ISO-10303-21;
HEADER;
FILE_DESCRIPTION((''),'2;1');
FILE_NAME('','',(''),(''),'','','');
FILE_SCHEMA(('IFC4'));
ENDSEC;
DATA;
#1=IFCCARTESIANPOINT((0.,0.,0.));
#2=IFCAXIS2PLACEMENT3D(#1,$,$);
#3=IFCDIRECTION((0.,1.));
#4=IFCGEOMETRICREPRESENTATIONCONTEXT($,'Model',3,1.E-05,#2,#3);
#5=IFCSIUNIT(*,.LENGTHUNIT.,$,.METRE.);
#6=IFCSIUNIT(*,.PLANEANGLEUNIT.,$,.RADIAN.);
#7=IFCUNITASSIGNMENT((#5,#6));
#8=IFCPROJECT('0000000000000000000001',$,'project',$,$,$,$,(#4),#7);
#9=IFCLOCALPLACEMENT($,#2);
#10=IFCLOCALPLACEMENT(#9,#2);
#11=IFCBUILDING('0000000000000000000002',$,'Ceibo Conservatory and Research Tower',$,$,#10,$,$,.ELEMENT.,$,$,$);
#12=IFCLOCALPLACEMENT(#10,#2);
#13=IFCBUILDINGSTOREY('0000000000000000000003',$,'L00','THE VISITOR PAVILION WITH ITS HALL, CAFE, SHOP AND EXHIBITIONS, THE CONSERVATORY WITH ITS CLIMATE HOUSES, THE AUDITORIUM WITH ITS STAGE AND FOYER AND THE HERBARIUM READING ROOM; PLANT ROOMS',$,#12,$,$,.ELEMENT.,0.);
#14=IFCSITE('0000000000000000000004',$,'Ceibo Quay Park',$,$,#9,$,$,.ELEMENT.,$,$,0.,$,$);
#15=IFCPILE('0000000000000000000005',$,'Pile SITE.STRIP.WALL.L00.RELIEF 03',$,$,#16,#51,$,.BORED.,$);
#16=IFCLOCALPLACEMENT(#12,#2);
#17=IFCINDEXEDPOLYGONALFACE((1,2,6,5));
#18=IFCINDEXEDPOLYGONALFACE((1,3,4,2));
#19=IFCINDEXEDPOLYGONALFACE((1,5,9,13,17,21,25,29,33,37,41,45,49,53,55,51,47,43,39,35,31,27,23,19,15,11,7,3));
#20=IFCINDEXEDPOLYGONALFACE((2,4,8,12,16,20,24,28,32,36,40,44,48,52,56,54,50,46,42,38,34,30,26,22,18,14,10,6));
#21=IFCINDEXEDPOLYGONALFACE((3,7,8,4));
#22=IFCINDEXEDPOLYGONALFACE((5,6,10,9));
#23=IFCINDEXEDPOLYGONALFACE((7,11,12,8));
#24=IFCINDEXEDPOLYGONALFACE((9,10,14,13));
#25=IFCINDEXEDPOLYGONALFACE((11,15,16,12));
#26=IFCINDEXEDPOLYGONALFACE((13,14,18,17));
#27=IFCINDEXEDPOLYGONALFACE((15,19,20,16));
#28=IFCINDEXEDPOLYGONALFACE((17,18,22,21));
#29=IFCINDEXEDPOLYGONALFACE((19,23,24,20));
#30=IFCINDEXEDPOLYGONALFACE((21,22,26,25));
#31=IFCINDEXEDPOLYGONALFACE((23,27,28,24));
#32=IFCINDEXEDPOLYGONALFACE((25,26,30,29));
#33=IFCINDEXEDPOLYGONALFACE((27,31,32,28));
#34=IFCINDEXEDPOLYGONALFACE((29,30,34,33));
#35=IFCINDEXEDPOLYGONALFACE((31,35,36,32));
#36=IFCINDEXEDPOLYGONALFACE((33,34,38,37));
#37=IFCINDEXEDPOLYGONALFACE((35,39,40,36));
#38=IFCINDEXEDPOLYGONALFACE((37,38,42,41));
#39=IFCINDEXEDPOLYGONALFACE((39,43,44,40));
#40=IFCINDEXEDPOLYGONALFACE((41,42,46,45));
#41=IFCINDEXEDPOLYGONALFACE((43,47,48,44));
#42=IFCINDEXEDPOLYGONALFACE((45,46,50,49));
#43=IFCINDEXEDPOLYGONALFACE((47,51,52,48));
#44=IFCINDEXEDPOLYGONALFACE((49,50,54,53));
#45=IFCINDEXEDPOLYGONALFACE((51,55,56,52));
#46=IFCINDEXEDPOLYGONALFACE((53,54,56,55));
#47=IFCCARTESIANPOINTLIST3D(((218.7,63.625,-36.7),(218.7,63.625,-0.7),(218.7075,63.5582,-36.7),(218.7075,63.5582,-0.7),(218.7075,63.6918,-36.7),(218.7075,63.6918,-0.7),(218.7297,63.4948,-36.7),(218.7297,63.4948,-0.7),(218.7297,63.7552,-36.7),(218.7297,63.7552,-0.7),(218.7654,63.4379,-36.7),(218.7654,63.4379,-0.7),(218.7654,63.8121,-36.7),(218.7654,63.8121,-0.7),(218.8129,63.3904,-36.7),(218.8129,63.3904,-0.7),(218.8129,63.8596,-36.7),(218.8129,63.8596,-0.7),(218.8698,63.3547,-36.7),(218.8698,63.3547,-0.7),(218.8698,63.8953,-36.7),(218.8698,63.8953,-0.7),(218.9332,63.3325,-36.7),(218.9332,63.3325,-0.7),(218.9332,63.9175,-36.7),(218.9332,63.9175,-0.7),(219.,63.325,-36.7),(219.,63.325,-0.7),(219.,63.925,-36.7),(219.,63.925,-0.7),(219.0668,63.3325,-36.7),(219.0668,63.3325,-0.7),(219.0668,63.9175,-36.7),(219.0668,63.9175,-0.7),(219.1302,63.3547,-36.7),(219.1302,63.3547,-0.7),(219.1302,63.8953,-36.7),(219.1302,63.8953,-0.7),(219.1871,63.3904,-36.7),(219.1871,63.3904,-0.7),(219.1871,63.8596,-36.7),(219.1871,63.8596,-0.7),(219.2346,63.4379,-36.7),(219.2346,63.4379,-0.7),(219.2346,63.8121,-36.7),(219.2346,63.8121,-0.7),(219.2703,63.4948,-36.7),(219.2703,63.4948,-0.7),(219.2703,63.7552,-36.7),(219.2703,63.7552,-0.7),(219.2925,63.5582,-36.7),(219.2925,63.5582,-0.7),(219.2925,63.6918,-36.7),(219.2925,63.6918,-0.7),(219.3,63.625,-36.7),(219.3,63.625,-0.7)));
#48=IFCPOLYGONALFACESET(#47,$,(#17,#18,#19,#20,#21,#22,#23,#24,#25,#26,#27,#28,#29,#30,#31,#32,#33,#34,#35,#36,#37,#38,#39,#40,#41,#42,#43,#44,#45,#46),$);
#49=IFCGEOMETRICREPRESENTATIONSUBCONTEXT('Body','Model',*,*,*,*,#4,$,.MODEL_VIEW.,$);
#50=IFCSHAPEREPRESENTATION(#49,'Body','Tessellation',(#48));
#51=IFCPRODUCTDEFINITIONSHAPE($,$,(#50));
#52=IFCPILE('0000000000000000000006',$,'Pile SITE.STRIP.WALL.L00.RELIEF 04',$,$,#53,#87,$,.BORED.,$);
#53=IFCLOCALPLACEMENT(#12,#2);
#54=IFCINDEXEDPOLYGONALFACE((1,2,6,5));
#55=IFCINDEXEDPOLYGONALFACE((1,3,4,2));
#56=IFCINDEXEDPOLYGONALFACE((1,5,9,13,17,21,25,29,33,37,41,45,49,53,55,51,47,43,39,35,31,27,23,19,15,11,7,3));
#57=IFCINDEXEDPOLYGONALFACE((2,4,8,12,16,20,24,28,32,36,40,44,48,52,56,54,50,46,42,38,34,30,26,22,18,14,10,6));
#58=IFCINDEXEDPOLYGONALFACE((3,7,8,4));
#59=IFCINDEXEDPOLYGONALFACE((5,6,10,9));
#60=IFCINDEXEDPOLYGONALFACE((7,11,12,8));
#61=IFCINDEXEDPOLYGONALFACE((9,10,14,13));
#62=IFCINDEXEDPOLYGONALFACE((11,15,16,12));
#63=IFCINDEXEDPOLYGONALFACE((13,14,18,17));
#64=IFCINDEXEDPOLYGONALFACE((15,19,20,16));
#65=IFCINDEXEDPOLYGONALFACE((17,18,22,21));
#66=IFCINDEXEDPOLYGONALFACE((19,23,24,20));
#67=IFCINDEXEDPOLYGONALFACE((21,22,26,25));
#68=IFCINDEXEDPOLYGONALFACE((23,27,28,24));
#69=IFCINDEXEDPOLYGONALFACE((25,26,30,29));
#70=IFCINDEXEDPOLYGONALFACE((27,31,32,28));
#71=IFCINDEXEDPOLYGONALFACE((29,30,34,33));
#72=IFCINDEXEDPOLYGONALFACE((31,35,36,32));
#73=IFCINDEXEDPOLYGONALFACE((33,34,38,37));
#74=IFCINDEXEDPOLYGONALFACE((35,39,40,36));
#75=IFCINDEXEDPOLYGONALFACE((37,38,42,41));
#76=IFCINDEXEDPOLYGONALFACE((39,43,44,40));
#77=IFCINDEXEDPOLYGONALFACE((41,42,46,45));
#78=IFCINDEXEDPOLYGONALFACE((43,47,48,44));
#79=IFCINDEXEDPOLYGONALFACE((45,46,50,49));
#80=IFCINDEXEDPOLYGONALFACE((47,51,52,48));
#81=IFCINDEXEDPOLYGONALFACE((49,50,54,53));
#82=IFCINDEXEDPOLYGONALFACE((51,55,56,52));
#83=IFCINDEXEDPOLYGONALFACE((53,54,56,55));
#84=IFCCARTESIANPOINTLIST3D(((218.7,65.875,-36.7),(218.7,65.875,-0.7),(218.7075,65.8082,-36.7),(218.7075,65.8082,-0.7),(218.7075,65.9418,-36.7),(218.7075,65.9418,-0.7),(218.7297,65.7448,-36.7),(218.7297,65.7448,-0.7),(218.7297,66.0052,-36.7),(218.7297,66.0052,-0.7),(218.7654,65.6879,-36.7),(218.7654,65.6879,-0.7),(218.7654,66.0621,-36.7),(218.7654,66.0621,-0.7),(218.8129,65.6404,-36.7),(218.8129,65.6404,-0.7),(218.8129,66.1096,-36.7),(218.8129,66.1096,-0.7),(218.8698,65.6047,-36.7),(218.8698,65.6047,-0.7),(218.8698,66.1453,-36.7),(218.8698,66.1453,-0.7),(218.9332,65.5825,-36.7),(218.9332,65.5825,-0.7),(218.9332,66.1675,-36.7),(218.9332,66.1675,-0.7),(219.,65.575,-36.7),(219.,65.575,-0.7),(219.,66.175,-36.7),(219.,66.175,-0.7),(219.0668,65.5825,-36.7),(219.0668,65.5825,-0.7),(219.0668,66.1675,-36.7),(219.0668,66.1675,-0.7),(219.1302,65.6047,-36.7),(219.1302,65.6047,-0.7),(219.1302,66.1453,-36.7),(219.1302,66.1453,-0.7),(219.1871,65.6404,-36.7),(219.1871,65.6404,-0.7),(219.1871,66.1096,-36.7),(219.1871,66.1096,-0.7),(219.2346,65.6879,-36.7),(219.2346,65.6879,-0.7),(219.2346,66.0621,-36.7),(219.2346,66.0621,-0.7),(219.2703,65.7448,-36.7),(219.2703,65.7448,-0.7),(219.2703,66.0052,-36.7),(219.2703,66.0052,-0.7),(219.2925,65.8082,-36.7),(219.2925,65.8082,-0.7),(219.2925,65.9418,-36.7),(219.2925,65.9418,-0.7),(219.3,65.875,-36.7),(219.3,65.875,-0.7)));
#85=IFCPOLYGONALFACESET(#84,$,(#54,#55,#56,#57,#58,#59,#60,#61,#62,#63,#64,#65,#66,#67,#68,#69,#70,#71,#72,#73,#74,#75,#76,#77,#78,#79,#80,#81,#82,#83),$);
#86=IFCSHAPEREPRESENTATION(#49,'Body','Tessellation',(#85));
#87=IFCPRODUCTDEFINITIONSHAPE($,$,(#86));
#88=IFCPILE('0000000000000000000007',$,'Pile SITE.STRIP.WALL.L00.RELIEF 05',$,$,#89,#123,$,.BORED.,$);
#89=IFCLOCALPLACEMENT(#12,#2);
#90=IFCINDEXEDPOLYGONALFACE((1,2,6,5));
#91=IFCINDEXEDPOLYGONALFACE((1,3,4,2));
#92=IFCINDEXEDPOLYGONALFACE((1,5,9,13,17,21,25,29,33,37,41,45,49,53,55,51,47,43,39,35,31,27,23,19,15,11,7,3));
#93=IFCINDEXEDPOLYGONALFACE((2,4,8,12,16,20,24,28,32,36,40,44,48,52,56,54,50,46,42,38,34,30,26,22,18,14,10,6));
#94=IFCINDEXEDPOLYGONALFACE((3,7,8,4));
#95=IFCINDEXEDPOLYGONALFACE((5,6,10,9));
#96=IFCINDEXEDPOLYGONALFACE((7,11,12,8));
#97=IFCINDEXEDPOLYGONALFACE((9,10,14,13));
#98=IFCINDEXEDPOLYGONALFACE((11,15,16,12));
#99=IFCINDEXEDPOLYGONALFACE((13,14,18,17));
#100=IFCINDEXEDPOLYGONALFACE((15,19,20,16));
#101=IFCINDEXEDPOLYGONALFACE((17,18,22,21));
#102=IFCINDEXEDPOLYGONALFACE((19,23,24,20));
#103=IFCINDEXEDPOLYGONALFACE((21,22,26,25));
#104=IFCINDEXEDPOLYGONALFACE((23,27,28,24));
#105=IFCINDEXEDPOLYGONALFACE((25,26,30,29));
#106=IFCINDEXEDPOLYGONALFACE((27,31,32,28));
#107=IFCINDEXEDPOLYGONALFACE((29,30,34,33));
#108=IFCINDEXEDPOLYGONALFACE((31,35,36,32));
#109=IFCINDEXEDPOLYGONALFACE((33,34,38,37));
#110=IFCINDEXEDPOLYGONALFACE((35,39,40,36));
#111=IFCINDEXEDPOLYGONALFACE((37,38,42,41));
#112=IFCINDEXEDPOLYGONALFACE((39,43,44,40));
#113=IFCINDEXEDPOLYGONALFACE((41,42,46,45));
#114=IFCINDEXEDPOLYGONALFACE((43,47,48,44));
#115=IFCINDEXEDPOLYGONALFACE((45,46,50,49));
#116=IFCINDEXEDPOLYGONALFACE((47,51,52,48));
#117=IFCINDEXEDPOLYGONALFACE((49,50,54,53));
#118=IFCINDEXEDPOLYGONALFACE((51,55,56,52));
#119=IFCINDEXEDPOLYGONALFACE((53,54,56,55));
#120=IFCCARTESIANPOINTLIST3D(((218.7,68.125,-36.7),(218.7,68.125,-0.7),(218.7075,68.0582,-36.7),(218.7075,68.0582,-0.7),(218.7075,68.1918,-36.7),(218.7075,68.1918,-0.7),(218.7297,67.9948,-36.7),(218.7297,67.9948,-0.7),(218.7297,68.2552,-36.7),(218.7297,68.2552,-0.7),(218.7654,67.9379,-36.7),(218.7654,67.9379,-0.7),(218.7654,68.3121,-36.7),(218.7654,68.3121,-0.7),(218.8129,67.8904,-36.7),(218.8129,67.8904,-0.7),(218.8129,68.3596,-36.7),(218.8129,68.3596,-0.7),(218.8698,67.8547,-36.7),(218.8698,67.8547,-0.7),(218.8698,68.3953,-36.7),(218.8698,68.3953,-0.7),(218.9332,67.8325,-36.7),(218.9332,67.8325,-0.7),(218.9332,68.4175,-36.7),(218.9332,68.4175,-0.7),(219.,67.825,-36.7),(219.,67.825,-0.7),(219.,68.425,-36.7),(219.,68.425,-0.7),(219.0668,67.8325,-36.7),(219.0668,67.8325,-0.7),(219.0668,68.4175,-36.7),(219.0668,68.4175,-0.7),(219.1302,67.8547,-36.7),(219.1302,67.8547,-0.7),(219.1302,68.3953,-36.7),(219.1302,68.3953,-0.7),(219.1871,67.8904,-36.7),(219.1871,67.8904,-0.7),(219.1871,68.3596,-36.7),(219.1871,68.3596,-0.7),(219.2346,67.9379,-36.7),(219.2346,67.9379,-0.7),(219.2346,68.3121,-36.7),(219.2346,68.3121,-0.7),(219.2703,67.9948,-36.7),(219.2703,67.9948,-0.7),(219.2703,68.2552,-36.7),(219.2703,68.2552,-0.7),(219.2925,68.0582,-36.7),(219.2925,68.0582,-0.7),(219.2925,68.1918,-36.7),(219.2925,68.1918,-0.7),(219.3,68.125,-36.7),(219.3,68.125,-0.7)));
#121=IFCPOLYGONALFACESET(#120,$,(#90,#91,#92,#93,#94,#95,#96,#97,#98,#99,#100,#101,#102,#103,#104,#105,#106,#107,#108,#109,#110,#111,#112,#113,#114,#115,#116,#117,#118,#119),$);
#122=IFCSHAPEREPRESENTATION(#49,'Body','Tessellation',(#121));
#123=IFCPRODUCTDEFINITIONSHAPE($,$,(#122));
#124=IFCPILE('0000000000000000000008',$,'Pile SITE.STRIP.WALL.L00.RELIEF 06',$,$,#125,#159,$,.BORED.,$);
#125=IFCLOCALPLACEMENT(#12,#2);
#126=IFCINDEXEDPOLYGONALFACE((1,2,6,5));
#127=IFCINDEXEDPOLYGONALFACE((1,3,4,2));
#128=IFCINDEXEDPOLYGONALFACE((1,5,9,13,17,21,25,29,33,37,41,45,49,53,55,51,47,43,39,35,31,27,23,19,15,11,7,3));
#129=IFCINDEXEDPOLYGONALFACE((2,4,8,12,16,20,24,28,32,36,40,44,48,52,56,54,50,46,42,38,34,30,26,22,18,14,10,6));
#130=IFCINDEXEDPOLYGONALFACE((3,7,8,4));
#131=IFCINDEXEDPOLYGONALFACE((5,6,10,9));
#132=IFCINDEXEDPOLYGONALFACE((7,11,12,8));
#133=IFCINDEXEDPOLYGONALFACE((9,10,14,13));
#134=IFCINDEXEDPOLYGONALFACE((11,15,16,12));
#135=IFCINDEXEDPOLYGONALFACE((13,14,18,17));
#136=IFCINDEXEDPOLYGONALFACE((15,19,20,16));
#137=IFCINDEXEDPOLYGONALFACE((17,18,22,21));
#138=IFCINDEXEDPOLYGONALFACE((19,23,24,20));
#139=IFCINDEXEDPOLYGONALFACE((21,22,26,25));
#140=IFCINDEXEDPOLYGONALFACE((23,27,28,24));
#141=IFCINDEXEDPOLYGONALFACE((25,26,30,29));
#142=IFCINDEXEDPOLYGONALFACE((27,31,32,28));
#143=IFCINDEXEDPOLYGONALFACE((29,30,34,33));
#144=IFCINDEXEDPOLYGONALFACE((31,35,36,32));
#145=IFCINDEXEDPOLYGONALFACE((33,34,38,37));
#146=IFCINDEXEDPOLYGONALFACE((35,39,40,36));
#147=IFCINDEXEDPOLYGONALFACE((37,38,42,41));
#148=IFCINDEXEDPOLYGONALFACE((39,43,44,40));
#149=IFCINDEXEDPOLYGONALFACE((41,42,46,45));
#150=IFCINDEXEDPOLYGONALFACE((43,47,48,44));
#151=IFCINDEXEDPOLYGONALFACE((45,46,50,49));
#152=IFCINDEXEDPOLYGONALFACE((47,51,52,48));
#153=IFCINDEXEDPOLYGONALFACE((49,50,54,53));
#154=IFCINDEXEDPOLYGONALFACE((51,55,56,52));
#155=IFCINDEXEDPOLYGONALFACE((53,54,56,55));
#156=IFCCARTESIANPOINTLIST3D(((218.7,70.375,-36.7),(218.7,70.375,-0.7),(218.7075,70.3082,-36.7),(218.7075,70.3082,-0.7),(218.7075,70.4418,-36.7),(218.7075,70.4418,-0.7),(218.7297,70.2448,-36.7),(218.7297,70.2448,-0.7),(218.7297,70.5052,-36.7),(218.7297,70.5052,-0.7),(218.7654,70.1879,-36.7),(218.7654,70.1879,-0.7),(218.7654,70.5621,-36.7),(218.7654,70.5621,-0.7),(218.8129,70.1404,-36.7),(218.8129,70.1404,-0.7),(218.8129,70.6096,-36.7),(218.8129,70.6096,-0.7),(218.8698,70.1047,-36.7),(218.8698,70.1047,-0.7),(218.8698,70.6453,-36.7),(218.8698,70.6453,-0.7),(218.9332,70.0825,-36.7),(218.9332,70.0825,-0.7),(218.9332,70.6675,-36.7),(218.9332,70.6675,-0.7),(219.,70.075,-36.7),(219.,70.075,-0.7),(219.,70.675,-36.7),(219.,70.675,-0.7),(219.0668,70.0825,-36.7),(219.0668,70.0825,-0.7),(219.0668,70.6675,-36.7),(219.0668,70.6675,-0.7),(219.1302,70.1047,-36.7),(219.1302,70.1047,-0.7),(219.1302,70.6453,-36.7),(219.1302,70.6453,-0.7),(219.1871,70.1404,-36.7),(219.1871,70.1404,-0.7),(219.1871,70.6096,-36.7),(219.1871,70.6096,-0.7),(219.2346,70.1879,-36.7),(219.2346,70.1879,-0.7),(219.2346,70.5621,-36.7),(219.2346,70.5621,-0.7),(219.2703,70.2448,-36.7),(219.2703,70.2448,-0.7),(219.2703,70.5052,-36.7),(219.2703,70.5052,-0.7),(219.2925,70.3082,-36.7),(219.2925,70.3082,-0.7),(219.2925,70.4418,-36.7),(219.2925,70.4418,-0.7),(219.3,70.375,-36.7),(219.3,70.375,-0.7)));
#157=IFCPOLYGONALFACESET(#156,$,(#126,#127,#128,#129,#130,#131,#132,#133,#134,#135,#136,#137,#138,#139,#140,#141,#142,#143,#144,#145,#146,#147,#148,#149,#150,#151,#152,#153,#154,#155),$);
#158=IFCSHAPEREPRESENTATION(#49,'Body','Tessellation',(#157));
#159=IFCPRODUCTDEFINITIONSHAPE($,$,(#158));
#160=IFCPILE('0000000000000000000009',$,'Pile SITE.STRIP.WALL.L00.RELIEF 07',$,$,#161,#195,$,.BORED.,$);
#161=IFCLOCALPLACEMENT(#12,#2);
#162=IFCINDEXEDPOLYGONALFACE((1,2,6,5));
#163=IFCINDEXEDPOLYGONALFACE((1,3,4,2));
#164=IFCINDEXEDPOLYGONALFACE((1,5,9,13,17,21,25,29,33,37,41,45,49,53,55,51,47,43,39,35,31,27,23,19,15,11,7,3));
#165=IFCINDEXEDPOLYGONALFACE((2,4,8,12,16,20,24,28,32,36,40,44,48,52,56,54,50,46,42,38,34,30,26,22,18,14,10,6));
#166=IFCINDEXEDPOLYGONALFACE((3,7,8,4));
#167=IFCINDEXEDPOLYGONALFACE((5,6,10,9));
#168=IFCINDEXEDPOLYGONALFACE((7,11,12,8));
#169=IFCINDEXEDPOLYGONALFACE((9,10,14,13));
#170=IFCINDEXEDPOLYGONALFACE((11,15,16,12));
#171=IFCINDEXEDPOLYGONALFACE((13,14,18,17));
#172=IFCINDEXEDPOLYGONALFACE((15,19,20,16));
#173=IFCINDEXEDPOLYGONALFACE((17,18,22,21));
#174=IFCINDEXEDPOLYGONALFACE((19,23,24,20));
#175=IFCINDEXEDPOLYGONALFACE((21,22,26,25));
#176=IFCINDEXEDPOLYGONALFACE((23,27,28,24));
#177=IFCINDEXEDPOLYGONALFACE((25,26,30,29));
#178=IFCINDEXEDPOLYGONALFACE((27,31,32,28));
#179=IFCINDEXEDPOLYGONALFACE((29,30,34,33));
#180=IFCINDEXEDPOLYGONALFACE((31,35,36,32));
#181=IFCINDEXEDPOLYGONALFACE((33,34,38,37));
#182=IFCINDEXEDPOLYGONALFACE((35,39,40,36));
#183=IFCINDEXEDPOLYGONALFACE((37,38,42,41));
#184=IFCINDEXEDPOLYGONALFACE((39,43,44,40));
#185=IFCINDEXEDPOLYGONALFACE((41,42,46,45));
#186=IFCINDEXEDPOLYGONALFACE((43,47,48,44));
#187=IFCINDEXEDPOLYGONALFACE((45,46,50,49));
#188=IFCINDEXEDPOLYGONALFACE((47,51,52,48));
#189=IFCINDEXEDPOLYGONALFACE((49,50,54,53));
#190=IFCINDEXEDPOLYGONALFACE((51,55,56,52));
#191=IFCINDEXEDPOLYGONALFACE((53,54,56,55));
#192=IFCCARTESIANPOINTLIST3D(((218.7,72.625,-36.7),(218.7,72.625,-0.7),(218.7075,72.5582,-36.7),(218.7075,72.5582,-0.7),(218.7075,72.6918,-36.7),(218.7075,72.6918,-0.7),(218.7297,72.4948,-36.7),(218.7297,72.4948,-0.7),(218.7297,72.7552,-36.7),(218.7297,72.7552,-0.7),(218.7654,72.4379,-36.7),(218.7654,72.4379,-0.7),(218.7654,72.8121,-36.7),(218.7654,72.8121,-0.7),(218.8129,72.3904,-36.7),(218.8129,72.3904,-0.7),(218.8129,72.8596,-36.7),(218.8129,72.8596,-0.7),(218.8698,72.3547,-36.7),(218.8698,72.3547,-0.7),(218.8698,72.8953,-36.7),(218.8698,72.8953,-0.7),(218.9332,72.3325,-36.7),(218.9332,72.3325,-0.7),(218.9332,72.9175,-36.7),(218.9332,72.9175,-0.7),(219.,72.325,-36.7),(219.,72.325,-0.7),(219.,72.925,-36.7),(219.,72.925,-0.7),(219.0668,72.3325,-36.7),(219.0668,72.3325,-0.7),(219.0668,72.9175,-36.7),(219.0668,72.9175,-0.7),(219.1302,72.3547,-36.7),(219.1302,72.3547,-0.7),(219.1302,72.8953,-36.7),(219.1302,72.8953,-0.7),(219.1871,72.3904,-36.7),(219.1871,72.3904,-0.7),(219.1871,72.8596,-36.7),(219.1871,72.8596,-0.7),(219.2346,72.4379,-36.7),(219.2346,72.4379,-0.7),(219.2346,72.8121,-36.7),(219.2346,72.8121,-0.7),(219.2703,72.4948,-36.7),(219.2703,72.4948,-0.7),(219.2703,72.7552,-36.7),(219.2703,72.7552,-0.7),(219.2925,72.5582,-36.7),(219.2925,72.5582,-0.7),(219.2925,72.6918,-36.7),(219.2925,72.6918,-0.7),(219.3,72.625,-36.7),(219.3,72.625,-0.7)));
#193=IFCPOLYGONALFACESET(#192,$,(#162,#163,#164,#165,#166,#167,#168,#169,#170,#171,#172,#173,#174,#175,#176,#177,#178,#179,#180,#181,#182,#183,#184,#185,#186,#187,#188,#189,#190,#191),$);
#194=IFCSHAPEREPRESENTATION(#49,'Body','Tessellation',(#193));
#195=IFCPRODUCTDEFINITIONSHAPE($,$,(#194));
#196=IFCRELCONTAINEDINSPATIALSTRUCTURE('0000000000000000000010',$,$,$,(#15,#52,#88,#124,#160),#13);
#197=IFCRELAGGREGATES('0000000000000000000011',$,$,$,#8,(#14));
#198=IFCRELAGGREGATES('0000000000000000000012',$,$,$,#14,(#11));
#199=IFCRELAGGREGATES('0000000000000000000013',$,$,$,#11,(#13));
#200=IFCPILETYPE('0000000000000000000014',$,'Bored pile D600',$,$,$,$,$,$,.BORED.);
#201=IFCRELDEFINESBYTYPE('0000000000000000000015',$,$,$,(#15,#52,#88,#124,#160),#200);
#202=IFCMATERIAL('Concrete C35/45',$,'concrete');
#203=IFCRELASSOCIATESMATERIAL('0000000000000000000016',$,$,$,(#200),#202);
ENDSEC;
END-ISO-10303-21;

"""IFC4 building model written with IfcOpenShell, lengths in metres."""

from ifc_helpers import new_model, si_unit, direction, frame, origin, origin_2d, place, context, subcontext, project, spatial, circle, extrude, material, material_profile, profile_set, type_object, element, save


model = new_model("IFC4")

# Units and contexts
model_context = context("Model", 3, precision=1e-05, world=origin(), true_north=direction((0.0, 1.0)))
body_context = subcontext(model_context, "Body", "Model", "MODEL_VIEW")
ifc_project = project(units=[si_unit("LENGTHUNIT", "METRE"), si_unit("PLANEANGLEUNIT", "RADIAN")], contexts=[model_context])

# Site, building, storey
site_placement = place(None, origin())
site = spatial("IfcSite", under=ifc_project, at=site_placement, Name="Ceibo Quay Park", CompositionType="ELEMENT", RefElevation=0.0)
building_placement = place(site_placement, origin())
building = spatial("IfcBuilding", under=site, at=building_placement, Name="Ceibo Conservatory and Research Tower", CompositionType="ELEMENT")
storey_placement = place(building_placement, origin())
storey = spatial("IfcBuildingStorey", under=building, at=storey_placement, Name="L00", Description="THE VISITOR PAVILION WITH ITS HALL, CAFE, SHOP AND EXHIBITIONS, THE CONSERVATORY WITH ITS CLIMATE HOUSES, THE AUDITORIUM WITH ITS STAGE AND FOYER AND THE HERBARIUM READING ROOM; PLANT ROOMS", CompositionType="ELEMENT", Elevation=0.0)

# Piles
ifc_material_1 = material(Name="Concrete C35/45", Category="concrete")
ifc_material_profile = material_profile(ifc_material_1, circle(Radius=0.3, at=origin_2d()), Name="RC D600")
ifc_profile_set = profile_set([ifc_material_profile], Name="Concrete C35/45")
pile_type = type_object("IfcPileType", Name="Bored pile D600", PredefinedType="BORED", material=ifc_profile_set)
for number, where, z_axis, x_axis, name in (
    (1, (219.0, 63.625, -0.7), (0.0, 0.0, -1.0), (1.0, 0.0, 0.0), "Pile SITE.STRIP.WALL.L00.RELIEF 03"),
    (2, (219.0, 65.875, -0.7), (0.0, 0.0, -1.0), (1.0, 0.0, 0.0), "Pile SITE.STRIP.WALL.L00.RELIEF 04"),
    (3, (219.0, 68.125, -0.7), (0.0, 0.0, -1.0), (1.0, 0.0, 0.0), "Pile SITE.STRIP.WALL.L00.RELIEF 05"),
    (4, (219.0, 70.375, -0.7), (0.0, 0.0, -1.0), (1.0, 0.0, 0.0), "Pile SITE.STRIP.WALL.L00.RELIEF 06"),
    (5, (219.0, 72.625, -0.7), (0.0, 0.0, -1.0), (1.0, 0.0, 0.0), "Pile SITE.STRIP.WALL.L00.RELIEF 07"),
):
    element("IfcPile", number, at=place(storey_placement, frame(where, z_axis=z_axis, x_axis=x_axis)), inside=storey, type_object=pile_type, Name=name, PredefinedType="BORED", context=body_context, shape_type="SweptSolid", body=[
        extrude(circle(Radius=0.3, at=origin_2d()), origin(), (0.0, 0.0, 1.0), 36.0),
    ])

save(model, "model.ifc")
